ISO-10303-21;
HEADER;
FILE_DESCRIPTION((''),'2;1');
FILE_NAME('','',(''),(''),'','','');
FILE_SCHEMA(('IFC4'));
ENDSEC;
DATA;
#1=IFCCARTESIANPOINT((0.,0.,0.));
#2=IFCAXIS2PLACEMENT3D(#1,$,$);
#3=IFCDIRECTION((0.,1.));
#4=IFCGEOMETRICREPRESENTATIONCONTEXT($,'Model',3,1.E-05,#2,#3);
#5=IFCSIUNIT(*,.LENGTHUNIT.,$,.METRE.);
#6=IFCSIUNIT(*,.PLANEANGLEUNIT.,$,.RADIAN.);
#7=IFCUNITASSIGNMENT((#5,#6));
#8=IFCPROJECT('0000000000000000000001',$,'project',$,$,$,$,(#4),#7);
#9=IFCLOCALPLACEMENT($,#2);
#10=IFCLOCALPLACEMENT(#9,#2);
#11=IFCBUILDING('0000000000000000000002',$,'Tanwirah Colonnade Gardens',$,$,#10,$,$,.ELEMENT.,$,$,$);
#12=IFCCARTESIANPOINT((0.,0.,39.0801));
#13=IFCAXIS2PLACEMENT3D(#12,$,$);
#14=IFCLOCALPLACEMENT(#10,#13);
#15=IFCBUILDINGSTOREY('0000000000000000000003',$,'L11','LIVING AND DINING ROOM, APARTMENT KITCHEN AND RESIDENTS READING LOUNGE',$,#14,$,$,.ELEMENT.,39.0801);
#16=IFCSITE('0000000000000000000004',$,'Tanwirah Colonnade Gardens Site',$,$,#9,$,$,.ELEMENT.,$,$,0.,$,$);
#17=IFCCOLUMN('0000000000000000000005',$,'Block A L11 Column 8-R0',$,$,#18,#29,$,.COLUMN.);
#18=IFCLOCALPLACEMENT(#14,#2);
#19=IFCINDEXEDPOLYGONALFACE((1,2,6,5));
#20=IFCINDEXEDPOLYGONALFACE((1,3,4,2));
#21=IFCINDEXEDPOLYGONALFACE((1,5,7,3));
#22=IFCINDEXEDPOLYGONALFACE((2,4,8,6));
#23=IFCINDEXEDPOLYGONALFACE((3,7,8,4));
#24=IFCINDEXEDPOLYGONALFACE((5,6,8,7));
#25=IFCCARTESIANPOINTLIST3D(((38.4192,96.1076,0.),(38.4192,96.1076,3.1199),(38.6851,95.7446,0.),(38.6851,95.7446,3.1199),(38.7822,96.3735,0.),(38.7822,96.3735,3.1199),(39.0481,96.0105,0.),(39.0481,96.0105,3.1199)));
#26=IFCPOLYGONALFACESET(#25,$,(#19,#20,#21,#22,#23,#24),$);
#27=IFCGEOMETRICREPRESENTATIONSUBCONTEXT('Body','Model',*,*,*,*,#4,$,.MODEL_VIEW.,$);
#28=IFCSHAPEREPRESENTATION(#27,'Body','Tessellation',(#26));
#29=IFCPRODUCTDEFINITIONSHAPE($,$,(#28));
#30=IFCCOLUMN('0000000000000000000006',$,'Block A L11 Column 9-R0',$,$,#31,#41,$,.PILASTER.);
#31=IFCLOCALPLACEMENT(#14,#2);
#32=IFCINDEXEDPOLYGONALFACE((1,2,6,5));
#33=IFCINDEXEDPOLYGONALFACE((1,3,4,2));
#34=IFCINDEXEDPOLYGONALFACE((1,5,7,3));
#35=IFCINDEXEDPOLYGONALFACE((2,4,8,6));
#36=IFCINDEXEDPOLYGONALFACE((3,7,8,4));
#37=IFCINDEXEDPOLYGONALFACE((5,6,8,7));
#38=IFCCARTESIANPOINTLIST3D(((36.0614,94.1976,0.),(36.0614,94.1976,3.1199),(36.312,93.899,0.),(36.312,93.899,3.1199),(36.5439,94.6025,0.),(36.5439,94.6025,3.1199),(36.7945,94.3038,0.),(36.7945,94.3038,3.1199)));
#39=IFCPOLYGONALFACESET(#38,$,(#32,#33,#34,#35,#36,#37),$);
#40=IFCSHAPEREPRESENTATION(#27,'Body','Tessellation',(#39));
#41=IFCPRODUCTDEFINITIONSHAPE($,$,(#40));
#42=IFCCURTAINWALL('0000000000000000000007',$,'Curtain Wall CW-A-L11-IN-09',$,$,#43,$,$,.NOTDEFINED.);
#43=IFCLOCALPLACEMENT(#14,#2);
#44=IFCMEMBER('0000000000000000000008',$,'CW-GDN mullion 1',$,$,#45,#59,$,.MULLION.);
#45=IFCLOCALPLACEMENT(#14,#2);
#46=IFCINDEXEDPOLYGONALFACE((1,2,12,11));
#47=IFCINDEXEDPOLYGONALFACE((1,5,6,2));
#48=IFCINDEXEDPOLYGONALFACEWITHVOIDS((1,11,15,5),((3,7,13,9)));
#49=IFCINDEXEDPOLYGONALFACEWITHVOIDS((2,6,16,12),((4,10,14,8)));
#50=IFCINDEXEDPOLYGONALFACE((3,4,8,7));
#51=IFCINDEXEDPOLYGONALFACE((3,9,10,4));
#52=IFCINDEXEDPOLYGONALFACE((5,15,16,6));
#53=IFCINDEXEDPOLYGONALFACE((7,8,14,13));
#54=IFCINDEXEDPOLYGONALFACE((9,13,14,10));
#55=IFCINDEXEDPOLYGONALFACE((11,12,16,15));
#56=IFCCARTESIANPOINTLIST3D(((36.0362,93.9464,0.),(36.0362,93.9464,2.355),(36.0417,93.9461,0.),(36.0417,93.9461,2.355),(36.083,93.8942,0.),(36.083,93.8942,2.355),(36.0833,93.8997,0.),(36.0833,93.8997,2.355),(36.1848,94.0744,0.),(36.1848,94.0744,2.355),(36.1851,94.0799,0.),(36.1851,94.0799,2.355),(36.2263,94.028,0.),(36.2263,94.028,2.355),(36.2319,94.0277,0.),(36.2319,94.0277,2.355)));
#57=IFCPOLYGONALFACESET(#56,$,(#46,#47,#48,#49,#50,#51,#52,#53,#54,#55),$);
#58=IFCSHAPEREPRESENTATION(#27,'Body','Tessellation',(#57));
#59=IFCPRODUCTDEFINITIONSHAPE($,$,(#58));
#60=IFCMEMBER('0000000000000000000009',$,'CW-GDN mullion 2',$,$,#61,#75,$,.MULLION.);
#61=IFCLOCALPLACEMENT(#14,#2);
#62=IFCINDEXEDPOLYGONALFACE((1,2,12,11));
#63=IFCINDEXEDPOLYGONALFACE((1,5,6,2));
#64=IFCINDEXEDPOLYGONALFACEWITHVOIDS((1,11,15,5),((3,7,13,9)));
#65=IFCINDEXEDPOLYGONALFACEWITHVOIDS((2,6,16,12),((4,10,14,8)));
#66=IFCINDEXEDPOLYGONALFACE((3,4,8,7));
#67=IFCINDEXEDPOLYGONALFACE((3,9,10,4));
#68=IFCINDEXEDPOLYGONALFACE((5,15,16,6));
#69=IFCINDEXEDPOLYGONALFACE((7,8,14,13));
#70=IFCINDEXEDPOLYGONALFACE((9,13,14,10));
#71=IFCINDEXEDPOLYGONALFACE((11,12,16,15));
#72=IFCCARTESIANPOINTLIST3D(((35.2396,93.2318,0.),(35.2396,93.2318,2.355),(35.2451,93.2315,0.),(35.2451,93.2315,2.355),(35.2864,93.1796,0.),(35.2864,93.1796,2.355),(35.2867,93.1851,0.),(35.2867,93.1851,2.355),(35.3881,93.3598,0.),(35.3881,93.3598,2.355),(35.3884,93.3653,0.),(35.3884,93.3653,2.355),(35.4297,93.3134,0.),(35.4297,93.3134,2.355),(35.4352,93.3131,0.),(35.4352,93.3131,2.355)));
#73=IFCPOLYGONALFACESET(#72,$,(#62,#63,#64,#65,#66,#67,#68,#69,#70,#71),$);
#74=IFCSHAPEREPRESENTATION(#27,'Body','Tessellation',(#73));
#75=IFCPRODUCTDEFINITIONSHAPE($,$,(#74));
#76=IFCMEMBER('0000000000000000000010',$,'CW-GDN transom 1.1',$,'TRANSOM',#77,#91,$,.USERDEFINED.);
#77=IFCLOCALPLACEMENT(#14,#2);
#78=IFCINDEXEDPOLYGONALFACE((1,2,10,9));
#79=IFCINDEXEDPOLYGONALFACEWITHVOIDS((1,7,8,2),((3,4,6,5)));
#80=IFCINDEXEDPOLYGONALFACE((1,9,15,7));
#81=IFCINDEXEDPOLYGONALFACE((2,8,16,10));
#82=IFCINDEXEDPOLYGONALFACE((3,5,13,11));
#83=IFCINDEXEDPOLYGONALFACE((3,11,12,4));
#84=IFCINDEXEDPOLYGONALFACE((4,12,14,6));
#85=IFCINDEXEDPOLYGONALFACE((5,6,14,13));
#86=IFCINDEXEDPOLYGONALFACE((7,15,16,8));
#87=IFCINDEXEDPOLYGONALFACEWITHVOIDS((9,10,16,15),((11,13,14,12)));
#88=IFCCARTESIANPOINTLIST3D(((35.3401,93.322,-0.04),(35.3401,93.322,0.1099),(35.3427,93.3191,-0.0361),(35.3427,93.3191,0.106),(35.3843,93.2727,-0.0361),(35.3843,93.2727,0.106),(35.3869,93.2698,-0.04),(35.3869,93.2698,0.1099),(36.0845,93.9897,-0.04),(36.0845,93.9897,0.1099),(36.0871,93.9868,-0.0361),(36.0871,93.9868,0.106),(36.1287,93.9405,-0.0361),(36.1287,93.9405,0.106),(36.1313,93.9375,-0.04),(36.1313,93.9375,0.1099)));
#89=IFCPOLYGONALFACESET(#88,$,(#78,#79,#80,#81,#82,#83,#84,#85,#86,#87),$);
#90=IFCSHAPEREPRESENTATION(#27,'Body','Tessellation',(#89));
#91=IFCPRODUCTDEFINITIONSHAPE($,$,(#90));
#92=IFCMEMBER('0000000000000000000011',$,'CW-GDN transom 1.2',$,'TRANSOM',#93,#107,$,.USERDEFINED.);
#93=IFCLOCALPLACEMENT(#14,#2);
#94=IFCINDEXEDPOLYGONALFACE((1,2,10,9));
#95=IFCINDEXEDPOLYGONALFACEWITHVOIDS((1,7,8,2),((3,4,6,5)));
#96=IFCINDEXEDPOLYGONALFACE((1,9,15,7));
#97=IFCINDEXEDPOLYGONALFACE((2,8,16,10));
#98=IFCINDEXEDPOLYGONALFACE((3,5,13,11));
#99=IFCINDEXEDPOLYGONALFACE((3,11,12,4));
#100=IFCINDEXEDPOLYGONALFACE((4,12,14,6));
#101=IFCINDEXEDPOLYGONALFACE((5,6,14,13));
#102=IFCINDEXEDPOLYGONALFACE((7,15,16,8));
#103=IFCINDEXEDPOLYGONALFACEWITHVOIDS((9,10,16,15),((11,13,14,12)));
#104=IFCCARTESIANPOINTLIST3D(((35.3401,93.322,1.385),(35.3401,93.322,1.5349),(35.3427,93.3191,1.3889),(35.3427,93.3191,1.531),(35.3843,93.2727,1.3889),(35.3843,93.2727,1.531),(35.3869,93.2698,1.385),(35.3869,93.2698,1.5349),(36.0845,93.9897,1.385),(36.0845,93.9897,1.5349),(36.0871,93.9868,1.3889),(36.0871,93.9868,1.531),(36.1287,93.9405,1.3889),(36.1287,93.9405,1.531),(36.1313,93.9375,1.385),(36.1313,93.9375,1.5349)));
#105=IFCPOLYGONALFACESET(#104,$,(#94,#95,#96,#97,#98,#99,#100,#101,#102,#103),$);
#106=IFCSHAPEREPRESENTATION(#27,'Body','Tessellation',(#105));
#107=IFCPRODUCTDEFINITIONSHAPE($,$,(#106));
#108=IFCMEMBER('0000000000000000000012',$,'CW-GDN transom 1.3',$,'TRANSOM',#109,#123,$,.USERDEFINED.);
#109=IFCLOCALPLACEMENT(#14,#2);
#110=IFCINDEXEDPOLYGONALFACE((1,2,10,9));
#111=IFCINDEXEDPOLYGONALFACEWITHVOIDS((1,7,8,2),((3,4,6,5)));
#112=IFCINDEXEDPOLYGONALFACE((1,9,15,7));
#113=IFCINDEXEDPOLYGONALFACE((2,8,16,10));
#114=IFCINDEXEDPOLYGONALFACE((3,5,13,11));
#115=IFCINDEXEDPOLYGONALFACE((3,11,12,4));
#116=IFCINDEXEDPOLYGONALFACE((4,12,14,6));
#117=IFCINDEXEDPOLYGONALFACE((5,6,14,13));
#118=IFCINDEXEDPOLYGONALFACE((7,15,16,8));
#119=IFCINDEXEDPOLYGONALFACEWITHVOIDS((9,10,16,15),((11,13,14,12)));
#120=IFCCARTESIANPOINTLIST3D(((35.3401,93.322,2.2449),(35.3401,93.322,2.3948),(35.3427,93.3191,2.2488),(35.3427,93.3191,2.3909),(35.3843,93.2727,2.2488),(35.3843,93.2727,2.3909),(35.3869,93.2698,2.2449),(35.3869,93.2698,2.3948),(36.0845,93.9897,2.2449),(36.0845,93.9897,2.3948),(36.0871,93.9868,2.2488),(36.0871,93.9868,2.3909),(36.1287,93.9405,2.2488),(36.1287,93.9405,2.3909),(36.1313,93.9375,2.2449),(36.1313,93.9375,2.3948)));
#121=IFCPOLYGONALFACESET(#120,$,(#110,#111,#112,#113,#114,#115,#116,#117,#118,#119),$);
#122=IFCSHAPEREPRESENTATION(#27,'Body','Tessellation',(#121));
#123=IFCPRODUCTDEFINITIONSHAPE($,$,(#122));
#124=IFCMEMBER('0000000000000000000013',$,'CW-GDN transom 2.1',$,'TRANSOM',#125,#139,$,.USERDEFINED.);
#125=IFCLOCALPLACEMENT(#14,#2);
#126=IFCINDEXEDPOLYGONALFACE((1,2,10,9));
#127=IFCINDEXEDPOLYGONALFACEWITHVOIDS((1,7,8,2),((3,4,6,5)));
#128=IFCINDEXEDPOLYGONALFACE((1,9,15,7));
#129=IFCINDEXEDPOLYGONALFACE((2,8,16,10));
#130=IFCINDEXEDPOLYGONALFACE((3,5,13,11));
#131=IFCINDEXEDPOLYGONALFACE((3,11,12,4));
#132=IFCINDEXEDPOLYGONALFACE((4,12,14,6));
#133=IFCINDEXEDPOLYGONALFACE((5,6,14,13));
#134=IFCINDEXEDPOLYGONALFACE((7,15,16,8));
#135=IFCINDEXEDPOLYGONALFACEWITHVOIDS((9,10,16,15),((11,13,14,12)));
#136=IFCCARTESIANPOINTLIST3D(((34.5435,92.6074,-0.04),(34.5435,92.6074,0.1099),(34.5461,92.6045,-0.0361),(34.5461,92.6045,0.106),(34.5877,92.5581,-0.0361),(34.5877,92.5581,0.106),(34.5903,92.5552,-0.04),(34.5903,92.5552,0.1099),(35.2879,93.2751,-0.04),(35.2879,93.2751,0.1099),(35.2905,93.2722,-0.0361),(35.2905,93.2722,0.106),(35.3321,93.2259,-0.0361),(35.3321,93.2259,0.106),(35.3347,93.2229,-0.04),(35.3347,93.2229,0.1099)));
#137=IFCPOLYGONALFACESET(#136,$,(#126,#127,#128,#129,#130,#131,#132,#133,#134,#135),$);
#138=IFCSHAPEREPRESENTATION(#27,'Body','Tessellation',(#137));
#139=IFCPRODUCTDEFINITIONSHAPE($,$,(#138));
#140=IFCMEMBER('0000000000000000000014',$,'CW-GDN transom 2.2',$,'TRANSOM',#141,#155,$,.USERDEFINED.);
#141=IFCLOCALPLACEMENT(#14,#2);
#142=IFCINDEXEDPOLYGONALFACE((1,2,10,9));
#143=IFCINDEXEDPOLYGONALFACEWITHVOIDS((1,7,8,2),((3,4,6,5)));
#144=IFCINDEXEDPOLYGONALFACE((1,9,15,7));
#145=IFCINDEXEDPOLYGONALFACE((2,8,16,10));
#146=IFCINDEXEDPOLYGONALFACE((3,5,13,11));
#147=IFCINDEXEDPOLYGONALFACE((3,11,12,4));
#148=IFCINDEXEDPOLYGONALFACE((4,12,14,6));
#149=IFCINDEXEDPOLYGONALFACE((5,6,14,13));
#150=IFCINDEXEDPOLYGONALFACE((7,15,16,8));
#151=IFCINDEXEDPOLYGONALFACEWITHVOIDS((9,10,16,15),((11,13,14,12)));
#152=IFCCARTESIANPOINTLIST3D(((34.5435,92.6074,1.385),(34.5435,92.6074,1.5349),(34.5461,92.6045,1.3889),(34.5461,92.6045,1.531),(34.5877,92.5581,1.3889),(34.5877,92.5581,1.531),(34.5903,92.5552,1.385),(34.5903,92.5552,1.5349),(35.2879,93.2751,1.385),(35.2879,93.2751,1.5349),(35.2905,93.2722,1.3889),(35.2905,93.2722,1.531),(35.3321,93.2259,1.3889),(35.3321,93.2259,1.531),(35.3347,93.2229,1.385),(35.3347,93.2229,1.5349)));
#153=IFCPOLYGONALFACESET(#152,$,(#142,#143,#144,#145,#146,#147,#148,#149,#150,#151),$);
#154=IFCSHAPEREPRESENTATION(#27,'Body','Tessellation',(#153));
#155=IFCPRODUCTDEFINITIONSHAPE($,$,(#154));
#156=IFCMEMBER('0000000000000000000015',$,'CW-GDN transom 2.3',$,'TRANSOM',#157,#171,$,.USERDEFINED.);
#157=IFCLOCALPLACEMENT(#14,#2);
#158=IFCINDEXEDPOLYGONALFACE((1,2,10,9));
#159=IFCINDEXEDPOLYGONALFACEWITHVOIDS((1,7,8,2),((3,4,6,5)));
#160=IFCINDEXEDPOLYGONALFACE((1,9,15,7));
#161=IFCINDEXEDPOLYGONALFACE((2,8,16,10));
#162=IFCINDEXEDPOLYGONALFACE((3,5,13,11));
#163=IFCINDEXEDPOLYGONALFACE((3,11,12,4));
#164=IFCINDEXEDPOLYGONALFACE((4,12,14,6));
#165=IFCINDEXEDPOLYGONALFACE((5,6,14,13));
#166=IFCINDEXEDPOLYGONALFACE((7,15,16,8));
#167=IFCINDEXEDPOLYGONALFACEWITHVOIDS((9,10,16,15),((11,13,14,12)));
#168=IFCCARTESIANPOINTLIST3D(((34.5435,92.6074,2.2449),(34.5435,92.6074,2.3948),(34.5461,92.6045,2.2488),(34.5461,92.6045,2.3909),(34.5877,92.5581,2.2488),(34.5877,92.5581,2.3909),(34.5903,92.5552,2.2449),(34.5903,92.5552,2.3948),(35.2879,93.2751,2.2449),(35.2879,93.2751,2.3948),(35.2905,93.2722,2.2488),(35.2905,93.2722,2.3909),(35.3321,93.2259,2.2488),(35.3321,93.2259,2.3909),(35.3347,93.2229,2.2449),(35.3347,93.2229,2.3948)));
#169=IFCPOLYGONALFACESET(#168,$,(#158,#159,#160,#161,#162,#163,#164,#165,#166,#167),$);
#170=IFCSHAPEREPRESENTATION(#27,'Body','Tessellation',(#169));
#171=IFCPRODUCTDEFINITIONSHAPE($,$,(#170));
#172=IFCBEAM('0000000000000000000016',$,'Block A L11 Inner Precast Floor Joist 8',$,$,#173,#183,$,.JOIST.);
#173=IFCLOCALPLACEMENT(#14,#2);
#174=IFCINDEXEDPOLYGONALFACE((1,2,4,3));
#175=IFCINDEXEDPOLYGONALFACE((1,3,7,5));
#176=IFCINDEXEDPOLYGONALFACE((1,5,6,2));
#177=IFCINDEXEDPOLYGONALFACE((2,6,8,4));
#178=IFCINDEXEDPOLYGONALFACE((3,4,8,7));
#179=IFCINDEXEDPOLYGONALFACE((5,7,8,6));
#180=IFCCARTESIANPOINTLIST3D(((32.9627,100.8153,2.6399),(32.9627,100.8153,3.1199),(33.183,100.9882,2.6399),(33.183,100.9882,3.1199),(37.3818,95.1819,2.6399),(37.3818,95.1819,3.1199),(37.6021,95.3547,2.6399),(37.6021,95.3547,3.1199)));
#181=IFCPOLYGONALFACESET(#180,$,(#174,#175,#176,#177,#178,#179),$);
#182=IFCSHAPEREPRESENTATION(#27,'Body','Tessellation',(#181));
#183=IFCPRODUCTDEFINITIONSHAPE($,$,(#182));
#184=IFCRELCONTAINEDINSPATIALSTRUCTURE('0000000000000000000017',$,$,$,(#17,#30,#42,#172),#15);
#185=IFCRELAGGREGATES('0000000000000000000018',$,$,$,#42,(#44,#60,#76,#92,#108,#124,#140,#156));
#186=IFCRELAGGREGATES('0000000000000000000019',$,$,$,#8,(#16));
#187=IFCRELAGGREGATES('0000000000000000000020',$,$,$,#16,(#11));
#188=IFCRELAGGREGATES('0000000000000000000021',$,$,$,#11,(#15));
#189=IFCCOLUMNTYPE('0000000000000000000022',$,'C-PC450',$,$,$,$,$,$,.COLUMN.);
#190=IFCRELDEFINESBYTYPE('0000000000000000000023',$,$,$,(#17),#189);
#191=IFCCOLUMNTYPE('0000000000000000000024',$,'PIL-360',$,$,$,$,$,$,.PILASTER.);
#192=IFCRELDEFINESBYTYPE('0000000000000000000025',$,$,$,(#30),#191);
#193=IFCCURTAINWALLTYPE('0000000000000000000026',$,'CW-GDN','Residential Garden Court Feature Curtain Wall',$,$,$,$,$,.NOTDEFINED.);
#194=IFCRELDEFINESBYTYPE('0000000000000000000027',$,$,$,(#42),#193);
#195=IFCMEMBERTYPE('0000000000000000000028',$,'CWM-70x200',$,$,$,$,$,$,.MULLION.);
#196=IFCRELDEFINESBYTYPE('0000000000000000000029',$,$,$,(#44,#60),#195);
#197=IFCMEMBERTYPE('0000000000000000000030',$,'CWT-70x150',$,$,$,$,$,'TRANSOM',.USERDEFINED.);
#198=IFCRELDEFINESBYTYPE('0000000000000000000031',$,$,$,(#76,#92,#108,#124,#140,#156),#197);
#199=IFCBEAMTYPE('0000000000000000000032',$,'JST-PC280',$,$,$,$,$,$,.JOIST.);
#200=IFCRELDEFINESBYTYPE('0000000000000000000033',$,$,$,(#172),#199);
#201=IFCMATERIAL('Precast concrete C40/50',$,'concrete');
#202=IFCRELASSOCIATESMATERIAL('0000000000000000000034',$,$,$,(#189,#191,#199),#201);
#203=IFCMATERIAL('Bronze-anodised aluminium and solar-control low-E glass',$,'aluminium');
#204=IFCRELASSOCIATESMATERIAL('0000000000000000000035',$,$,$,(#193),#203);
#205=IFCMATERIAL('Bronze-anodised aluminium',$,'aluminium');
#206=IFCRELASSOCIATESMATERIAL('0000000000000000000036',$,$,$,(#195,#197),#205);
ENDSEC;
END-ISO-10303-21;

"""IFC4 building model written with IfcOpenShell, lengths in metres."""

from ifc_helpers import new_model, si_unit, direction, frame, origin, origin_2d, place, context, subcontext, project, spatial, rectangle, hollow_rectangle, extrude, material, material_profile, profile_set, type_object, element, aggregate, save


model = new_model("IFC4")

# Units and contexts
model_context = context("Model", 3, precision=1e-05, world=origin(), true_north=direction((0.0, 1.0)))
body_context = subcontext(model_context, "Body", "Model", "MODEL_VIEW")
ifc_project = project(units=[si_unit("LENGTHUNIT", "METRE"), si_unit("PLANEANGLEUNIT", "RADIAN")], contexts=[model_context])

# Site, building, storey
site_placement = place(None, origin())
site = spatial("IfcSite", under=ifc_project, at=site_placement, Name="Tanwirah Colonnade Gardens Site", CompositionType="ELEMENT", RefElevation=0.0)
building_placement = place(site_placement, origin())
building = spatial("IfcBuilding", under=site, at=building_placement, Name="Tanwirah Colonnade Gardens", CompositionType="ELEMENT")
storey_placement = place(building_placement, frame((0.0, 0.0, 39.0801)))
storey = spatial("IfcBuildingStorey", under=building, at=storey_placement, Name="L11", Description="LIVING AND DINING ROOM, APARTMENT KITCHEN AND RESIDENTS READING LOUNGE", CompositionType="ELEMENT", Elevation=39.0801)

# Columns
ifc_material_1 = material(Name="Precast concrete C40/50", Category="concrete")
ifc_material_profile_1 = material_profile(ifc_material_1, rectangle(XDim=0.45, YDim=0.45, at=origin_2d()), Name="PC-COL 450x450")
ifc_profile_set_1 = profile_set([ifc_material_profile_1], Name="Precast concrete C40/50")
column_type_1 = type_object("IfcColumnType", Name="C-PC450", PredefinedType="COLUMN", material=ifc_profile_set_1)
column_1_placement = place(storey_placement, frame((38.7336, 96.0591, 0.0), z_axis=(0.0, 0.0, 1.0), x_axis=(-0.590919, 0.806731, 0.0)))
element("IfcColumn", 1, at=column_1_placement, inside=storey, type_object=column_type_1, Name="Block A L11 Column 8-R0", PredefinedType="COLUMN", context=body_context, shape_type="SweptSolid", body=[
    extrude(rectangle(XDim=0.45, YDim=0.45, at=origin_2d()), origin(), (0.0, 0.0, 1.0), 3.1199),
])
ifc_material_profile_2 = material_profile(ifc_material_1, rectangle(XDim=0.3899, YDim=0.6299, at=origin_2d()), Name="PC-PIL 390x630")
ifc_profile_set_2 = profile_set([ifc_material_profile_2], Name="Precast concrete C40/50")
column_type_2 = type_object("IfcColumnType", Name="PIL-360", PredefinedType="PILASTER", material=ifc_profile_set_2)
column_2_placement = place(storey_placement, frame((36.428, 94.2507, 0.0), z_axis=(0.0, 0.0, 1.0), x_axis=(-0.642788, 0.766044, 0.0)))
element("IfcColumn", 2, at=column_2_placement, inside=storey, type_object=column_type_2, Name="Block A L11 Column 9-R0", PredefinedType="PILASTER", context=body_context, shape_type="SweptSolid", body=[
    extrude(rectangle(XDim=0.3899, YDim=0.6299, at=origin_2d()), origin(), (0.0, 0.0, 1.0), 3.1199),
])

# Curtain wall, members
ifc_material_2 = material(Name="Bronze-anodised aluminium and solar-control low-E glass", Category="aluminium")
curtain_wall_type = type_object("IfcCurtainWallType", Name="CW-GDN", Description="Residential Garden Court Feature Curtain Wall", PredefinedType="NOTDEFINED", material=ifc_material_2)
curtain_wall_placement = place(storey_placement, origin())
curtain_wall = element("IfcCurtainWall", 3, at=curtain_wall_placement, inside=storey, type_object=curtain_wall_type, Name="Curtain Wall CW-A-L11-IN-09", PredefinedType="NOTDEFINED")
ifc_material_3 = material(Name="Bronze-anodised aluminium", Category="aluminium")
ifc_material_profile_3 = material_profile(ifc_material_3, hollow_rectangle(XDim=0.0701, YDim=0.2, WallThickness=0.0039, at=origin_2d()), Name="CW-MUL 70x200x4")
ifc_profile_set_3 = profile_set([ifc_material_profile_3], Name="Bronze-anodised aluminium")
member_type_1 = type_object("IfcMemberType", Name="CWM-70x200", PredefinedType="MULLION", material=ifc_profile_set_3)
member_1_placement = place(storey_placement, frame((36.134, 93.9871, 0.0), z_axis=(0.0, 0.0, 1.0), x_axis=(0.667689, -0.74444, 0.0)))
member_1 = element("IfcMember", 4, at=member_1_placement, type_object=member_type_1, Name="CW-GDN mullion 1", PredefinedType="MULLION", context=body_context, shape_type="SweptSolid", body=[
    extrude(hollow_rectangle(XDim=0.0701, YDim=0.2, WallThickness=0.0039, at=origin_2d()), origin(), (0.0, 0.0, 1.0), 2.355),
])
member_2_placement = place(storey_placement, frame((35.3374, 93.2725, 0.0), z_axis=(0.0, 0.0, 1.0), x_axis=(0.667689, -0.74444, 0.0)))
member_2 = element("IfcMember", 5, at=member_2_placement, type_object=member_type_1, Name="CW-GDN mullion 2", PredefinedType="MULLION", context=body_context, shape_type="SweptSolid", body=[
    extrude(hollow_rectangle(XDim=0.0701, YDim=0.2, WallThickness=0.0039, at=origin_2d()), origin(), (0.0, 0.0, 1.0), 2.355),
])
ifc_material_profile_4 = material_profile(ifc_material_3, hollow_rectangle(XDim=0.0701, YDim=0.1499, WallThickness=0.0039, at=origin_2d()), Name="CW-TRN 70x150x4")
ifc_profile_set_4 = profile_set([ifc_material_profile_4], Name="Bronze-anodised aluminium")
member_type_2 = type_object("IfcMemberType", Name="CWT-70x150", ElementType="TRANSOM", PredefinedType="USERDEFINED", material=ifc_profile_set_4)
member_3_placement = place(storey_placement, frame((36.1079, 93.9636, 0.0349), z_axis=(-0.744398, -0.667736, 0.0), x_axis=(0.667736, -0.744398, 0.0)))
member_3 = element("IfcMember", 6, at=member_3_placement, type_object=member_type_2, Name="CW-GDN transom 1.1", ObjectType="TRANSOM", PredefinedType="USERDEFINED", context=body_context, shape_type="SweptSolid", body=[
    extrude(hollow_rectangle(XDim=0.0701, YDim=0.1499, WallThickness=0.0039, at=origin_2d()), origin(), (0.0, 0.0, 1.0), 1.0),
])
member_4_placement = place(storey_placement, frame((36.1079, 93.9636, 1.46), z_axis=(-0.744398, -0.667736, 0.0), x_axis=(0.667736, -0.744398, 0.0)))
member_4 = element("IfcMember", 7, at=member_4_placement, type_object=member_type_2, Name="CW-GDN transom 1.2", ObjectType="TRANSOM", PredefinedType="USERDEFINED", context=body_context, shape_type="SweptSolid", body=[
    extrude(hollow_rectangle(XDim=0.0701, YDim=0.1499, WallThickness=0.0039, at=origin_2d()), origin(), (0.0, 0.0, 1.0), 1.0),
])
member_5_placement = place(storey_placement, frame((36.1079, 93.9636, 2.3198), z_axis=(-0.744398, -0.667736, 0.0), x_axis=(0.667736, -0.744398, 0.0)))
member_5 = element("IfcMember", 8, at=member_5_placement, type_object=member_type_2, Name="CW-GDN transom 1.3", ObjectType="TRANSOM", PredefinedType="USERDEFINED", context=body_context, shape_type="SweptSolid", body=[
    extrude(hollow_rectangle(XDim=0.0701, YDim=0.1499, WallThickness=0.0039, at=origin_2d()), origin(), (0.0, 0.0, 1.0), 1.0),
])
member_6_placement = place(storey_placement, frame((35.3113, 93.249, 0.0349), z_axis=(-0.744398, -0.667736, 0.0), x_axis=(0.667736, -0.744398, 0.0)))
member_6 = element("IfcMember", 9, at=member_6_placement, type_object=member_type_2, Name="CW-GDN transom 2.1", ObjectType="TRANSOM", PredefinedType="USERDEFINED", context=body_context, shape_type="SweptSolid", body=[
    extrude(hollow_rectangle(XDim=0.0701, YDim=0.1499, WallThickness=0.0039, at=origin_2d()), origin(), (0.0, 0.0, 1.0), 1.0),
])
member_7_placement = place(storey_placement, frame((35.3113, 93.249, 1.46), z_axis=(-0.744398, -0.667736, 0.0), x_axis=(0.667736, -0.744398, 0.0)))
member_7 = element("IfcMember", 10, at=member_7_placement, type_object=member_type_2, Name="CW-GDN transom 2.2", ObjectType="TRANSOM", PredefinedType="USERDEFINED", context=body_context, shape_type="SweptSolid", body=[
    extrude(hollow_rectangle(XDim=0.0701, YDim=0.1499, WallThickness=0.0039, at=origin_2d()), origin(), (0.0, 0.0, 1.0), 1.0),
])
member_8_placement = place(storey_placement, frame((35.3113, 93.249, 2.3198), z_axis=(-0.744398, -0.667736, 0.0), x_axis=(0.667736, -0.744398, 0.0)))
member_8 = element("IfcMember", 11, at=member_8_placement, type_object=member_type_2, Name="CW-GDN transom 2.3", ObjectType="TRANSOM", PredefinedType="USERDEFINED", context=body_context, shape_type="SweptSolid", body=[
    extrude(hollow_rectangle(XDim=0.0701, YDim=0.1499, WallThickness=0.0039, at=origin_2d()), origin(), (0.0, 0.0, 1.0), 1.0),
])

# Beam
ifc_material_profile_5 = material_profile(ifc_material_1, rectangle(XDim=0.28, YDim=0.48, at=origin_2d()), Name="PC-JST 280x480")
ifc_profile_set_5 = profile_set([ifc_material_profile_5], Name="Precast concrete C40/50")
beam_type_1 = type_object("IfcBeamType", Name="JST-PC280", PredefinedType="JOIST", material=ifc_profile_set_5)
beam_1_placement = place(storey_placement, frame((37.4919, 95.2683, 2.8799), z_axis=(-0.617202, 0.786804, 0.0), x_axis=(-0.786804, -0.617202, 0.0)))
element("IfcBeam", 12, at=beam_1_placement, inside=storey, type_object=beam_type_1, Name="Block A L11 Inner Precast Floor Joist 8", PredefinedType="JOIST", context=body_context, shape_type="SweptSolid", body=[
    extrude(rectangle(XDim=0.28, YDim=0.48, at=origin_2d()), origin(), (0.0, 0.0, 1.0), 7.1599),
])

aggregate(curtain_wall, [member_1, member_2, member_3, member_4, member_5, member_6, member_7, member_8])

save(model, "model.ifc")
